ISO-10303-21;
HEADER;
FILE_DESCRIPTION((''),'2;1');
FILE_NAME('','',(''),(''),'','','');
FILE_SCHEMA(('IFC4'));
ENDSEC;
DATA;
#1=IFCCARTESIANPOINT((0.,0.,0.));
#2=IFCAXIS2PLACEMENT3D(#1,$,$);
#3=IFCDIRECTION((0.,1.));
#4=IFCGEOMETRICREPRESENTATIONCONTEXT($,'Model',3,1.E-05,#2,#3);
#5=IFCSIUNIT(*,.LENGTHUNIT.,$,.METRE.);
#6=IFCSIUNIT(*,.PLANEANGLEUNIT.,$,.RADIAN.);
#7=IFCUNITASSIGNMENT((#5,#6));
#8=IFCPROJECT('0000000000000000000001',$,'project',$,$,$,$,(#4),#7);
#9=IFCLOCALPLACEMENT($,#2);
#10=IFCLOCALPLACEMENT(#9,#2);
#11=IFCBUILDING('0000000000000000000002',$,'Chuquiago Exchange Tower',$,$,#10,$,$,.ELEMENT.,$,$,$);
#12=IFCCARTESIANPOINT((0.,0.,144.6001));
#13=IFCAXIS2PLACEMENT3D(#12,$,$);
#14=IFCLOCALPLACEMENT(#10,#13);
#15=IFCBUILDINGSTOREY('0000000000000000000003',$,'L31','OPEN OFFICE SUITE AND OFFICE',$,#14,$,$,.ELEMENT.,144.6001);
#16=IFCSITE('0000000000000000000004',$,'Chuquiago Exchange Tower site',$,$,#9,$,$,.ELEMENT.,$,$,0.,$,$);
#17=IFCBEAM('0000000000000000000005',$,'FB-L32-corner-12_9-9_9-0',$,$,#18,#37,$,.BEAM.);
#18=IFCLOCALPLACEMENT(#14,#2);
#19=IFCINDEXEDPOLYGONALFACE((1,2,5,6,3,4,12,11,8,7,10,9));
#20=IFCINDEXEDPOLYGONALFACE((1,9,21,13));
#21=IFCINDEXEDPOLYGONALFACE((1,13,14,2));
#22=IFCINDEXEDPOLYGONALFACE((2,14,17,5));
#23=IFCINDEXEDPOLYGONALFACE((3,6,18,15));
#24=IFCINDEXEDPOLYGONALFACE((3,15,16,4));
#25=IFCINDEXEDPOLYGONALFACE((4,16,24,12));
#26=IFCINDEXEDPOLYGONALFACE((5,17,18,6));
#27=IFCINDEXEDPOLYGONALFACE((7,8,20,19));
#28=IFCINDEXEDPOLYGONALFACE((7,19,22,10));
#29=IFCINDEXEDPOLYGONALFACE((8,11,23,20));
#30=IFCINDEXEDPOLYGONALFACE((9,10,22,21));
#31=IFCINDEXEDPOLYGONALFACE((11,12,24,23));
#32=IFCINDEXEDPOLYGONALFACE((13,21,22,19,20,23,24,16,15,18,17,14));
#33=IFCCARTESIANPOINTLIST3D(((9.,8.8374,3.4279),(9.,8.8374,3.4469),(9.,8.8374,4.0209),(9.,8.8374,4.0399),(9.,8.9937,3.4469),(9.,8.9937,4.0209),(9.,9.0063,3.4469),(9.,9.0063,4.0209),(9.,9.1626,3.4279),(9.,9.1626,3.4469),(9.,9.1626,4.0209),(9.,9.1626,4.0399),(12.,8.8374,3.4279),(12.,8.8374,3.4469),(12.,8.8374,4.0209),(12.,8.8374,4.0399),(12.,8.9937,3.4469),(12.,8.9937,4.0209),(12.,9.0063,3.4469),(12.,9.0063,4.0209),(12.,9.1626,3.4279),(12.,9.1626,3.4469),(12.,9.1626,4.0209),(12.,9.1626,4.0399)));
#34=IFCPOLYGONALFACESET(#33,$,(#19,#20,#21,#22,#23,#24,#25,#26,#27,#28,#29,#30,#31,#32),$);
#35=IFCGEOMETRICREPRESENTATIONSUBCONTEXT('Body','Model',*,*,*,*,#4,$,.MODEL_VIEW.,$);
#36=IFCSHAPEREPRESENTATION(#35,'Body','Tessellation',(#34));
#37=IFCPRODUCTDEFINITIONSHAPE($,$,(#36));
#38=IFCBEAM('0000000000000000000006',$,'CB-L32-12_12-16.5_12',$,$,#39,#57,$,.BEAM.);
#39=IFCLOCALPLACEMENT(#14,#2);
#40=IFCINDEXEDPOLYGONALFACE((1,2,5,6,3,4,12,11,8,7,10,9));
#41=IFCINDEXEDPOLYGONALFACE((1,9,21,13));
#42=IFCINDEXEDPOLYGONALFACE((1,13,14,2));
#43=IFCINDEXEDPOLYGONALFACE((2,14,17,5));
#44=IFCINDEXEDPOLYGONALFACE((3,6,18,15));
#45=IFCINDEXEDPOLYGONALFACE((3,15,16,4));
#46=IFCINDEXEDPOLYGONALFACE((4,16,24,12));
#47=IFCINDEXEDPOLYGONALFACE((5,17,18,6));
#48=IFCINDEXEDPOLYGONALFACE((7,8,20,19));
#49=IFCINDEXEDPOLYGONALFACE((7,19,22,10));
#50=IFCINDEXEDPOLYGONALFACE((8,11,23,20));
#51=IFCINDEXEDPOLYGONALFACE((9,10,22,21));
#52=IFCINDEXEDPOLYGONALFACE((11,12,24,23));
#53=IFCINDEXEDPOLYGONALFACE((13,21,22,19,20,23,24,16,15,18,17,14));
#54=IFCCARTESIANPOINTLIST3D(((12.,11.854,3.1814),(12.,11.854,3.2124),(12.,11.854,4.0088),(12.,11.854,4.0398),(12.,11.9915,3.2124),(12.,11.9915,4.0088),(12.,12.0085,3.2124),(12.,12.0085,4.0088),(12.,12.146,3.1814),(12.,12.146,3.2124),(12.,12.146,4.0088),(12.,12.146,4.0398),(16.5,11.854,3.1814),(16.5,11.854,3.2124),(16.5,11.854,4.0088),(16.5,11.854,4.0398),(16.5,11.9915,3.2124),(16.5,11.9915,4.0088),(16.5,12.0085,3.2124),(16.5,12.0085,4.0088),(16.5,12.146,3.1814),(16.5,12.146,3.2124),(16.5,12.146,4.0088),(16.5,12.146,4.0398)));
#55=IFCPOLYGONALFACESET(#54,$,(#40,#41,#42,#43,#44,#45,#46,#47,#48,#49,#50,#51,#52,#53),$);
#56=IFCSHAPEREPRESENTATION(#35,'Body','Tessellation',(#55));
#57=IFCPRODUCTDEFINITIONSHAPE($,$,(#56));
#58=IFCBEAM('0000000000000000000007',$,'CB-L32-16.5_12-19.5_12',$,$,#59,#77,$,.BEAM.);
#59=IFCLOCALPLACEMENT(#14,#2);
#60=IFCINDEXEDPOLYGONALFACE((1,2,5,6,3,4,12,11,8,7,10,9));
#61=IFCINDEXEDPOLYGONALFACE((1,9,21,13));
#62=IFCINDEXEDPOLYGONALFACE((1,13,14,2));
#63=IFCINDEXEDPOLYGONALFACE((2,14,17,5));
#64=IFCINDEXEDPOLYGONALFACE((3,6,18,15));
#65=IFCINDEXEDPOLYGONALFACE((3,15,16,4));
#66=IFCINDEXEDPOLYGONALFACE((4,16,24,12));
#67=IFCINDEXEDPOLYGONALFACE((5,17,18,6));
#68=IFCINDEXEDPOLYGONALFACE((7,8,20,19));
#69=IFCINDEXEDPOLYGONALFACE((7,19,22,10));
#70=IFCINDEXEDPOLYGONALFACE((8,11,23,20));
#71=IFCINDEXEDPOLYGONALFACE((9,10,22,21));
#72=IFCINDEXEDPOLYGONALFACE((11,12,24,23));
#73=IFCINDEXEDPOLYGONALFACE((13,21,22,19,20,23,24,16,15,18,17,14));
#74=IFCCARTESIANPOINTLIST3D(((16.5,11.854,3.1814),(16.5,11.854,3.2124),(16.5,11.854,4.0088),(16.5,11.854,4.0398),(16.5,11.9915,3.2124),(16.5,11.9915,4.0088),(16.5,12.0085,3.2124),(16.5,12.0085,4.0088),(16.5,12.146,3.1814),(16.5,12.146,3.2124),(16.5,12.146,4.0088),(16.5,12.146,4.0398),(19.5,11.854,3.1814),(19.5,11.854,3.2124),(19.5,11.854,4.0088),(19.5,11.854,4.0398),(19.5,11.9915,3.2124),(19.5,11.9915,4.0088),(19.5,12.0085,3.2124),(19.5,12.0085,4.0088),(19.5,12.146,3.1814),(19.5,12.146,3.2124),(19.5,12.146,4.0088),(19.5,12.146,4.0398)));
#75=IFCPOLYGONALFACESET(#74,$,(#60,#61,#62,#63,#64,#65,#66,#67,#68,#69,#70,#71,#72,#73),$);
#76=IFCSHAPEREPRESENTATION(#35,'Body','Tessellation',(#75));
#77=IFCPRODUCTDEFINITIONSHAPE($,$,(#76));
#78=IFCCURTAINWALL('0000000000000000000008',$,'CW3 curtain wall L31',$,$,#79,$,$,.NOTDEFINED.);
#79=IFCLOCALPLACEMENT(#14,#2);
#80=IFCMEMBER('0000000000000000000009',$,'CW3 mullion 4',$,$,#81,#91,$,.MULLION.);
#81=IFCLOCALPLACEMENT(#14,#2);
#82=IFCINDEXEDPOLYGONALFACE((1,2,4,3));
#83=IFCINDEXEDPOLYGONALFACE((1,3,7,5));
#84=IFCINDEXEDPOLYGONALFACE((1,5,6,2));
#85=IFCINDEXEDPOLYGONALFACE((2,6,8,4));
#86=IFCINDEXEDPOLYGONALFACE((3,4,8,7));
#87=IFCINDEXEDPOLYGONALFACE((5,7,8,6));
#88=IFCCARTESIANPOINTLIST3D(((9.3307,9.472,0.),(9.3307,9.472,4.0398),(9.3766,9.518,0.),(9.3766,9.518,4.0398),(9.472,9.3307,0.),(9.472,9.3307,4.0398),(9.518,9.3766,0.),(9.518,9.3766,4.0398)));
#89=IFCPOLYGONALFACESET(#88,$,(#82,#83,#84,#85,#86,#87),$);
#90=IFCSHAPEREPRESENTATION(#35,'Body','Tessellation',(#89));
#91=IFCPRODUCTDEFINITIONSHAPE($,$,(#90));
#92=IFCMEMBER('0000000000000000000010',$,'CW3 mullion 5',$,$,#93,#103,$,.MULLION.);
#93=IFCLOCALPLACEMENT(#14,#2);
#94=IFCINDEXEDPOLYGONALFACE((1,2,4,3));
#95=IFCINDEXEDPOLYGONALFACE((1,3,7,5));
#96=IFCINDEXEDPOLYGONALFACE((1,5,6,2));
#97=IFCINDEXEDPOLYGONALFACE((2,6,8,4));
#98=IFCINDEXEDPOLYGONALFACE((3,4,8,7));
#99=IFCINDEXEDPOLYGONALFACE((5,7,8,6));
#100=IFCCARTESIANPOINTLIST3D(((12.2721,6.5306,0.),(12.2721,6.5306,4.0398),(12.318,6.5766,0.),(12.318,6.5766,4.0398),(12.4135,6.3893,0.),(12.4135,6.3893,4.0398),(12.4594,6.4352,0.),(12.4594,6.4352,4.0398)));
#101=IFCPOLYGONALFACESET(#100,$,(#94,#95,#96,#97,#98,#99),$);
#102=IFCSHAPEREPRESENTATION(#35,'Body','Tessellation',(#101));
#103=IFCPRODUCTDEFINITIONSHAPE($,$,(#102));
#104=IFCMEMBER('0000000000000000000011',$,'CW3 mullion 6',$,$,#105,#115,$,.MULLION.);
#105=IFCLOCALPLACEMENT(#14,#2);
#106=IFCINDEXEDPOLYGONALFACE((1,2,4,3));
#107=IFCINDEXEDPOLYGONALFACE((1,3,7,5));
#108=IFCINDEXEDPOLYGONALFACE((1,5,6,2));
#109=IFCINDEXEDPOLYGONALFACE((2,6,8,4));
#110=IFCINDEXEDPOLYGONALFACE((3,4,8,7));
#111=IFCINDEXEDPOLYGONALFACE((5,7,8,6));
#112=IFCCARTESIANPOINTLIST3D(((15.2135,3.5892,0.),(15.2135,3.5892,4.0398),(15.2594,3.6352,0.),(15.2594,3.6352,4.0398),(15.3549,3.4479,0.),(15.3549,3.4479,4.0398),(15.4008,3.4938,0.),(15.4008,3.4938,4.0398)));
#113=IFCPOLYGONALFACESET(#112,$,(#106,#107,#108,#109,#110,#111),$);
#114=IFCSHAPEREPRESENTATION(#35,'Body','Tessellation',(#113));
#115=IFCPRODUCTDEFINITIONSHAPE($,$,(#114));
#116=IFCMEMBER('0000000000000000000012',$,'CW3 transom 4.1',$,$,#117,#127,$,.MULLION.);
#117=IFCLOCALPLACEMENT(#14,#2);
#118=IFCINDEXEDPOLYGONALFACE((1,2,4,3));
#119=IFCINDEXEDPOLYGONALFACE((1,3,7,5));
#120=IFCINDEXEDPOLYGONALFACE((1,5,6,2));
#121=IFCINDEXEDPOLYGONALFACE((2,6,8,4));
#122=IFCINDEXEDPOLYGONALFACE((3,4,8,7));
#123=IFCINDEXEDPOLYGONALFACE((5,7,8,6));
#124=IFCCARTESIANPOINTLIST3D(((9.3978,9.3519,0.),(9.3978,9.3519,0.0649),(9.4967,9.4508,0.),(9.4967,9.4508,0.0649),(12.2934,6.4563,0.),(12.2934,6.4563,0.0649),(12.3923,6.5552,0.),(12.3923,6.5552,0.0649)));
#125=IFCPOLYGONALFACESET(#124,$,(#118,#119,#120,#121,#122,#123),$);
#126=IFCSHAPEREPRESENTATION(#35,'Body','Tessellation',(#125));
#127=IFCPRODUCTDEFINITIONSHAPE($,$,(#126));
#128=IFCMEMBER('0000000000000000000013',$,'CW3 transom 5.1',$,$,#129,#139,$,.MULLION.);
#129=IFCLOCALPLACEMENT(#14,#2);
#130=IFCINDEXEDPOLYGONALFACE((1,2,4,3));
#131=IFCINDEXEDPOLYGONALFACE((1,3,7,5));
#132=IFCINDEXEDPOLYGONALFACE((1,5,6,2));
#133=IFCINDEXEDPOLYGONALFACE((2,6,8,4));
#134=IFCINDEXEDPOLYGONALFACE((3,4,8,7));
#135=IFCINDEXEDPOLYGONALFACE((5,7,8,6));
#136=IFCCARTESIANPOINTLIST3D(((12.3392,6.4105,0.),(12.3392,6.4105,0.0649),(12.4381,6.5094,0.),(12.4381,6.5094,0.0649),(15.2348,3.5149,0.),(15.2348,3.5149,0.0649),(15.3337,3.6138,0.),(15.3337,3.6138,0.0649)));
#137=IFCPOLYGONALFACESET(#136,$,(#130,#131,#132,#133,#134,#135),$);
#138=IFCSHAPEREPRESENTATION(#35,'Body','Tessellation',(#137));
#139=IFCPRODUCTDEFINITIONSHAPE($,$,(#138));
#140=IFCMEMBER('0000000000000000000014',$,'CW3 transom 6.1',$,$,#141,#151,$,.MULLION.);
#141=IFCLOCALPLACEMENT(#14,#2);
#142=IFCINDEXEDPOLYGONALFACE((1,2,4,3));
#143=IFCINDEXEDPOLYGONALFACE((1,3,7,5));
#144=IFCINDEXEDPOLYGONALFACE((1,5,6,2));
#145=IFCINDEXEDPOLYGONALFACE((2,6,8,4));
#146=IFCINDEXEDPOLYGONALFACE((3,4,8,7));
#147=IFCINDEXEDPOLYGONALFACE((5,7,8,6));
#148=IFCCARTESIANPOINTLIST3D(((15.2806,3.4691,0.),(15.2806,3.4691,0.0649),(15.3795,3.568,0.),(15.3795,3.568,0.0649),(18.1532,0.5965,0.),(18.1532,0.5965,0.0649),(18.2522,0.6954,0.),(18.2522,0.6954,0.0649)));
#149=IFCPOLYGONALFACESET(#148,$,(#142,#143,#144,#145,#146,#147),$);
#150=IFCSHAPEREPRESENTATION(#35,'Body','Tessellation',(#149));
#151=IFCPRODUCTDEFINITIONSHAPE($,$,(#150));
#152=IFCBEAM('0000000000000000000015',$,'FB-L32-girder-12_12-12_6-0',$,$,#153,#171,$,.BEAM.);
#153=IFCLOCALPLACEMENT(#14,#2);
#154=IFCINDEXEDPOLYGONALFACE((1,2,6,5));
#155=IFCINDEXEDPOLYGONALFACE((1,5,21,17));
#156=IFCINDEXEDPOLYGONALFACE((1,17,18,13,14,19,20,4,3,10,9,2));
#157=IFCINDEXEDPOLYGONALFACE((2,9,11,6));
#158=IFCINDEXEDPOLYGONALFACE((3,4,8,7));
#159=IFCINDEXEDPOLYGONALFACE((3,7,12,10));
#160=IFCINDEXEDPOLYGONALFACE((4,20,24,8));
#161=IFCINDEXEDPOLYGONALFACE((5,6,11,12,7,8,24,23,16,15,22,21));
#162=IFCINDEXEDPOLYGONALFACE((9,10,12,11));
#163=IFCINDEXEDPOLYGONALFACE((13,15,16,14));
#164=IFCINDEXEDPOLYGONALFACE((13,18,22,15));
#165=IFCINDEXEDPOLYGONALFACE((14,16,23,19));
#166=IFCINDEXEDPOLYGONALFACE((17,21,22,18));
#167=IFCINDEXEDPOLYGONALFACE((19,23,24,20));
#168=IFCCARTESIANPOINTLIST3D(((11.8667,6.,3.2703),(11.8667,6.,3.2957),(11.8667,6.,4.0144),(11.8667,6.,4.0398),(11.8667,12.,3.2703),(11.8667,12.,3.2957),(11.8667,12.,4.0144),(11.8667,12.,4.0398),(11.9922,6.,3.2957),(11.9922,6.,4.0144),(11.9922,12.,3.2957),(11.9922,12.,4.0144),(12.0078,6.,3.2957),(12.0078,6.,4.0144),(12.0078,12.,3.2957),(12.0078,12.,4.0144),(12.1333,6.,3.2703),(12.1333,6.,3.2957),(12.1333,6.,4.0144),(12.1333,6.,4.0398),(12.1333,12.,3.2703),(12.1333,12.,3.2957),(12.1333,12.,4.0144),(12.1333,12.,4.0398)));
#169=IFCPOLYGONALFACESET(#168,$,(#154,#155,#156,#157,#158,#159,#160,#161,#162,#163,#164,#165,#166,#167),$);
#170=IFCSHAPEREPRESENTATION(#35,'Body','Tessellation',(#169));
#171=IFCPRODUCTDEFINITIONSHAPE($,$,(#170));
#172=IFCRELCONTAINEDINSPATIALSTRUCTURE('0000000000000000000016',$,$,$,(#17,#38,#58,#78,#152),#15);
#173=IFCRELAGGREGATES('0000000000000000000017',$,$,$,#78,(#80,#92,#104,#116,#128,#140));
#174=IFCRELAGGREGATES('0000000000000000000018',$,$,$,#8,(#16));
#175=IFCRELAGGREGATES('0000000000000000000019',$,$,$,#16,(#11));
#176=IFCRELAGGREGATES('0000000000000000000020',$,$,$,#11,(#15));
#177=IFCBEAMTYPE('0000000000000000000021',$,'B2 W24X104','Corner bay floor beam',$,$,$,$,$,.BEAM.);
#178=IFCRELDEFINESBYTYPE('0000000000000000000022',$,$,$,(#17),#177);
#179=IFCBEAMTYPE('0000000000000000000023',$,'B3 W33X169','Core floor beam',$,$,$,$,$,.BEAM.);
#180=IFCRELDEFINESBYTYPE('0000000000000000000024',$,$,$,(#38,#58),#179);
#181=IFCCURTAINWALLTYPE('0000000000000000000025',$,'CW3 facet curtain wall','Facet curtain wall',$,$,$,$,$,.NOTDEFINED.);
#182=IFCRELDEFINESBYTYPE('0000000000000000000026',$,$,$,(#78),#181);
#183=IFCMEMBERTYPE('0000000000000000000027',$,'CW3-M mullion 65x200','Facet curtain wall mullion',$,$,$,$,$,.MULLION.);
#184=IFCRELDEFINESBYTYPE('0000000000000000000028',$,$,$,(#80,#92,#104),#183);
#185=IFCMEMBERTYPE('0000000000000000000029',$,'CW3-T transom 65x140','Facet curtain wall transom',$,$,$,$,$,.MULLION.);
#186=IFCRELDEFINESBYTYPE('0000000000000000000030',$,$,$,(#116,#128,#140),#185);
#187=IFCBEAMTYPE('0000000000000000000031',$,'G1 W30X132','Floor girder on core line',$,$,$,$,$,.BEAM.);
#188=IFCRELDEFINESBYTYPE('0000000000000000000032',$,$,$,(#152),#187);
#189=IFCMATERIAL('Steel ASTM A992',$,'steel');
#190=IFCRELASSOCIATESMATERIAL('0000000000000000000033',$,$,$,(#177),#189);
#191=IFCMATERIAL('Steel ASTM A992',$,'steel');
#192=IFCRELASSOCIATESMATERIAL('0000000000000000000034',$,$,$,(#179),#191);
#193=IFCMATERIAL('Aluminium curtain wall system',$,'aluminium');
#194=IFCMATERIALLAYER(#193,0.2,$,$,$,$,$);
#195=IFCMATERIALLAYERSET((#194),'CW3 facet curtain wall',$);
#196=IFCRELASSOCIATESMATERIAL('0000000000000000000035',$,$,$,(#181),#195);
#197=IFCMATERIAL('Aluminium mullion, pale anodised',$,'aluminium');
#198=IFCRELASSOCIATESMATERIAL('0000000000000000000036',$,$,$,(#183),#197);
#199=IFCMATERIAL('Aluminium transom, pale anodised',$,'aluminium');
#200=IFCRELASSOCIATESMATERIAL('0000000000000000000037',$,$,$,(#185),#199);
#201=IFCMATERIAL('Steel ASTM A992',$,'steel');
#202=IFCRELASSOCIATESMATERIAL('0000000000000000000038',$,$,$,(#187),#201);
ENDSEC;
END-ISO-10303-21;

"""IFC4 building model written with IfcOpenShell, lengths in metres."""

from ifc_helpers import new_model, si_unit, direction, frame, origin, origin_2d, place, context, subcontext, project, spatial, rectangle, i_section, extrude, material, layer, layer_set, material_profile, profile_set, type_object, element, aggregate, save


model = new_model("IFC4")

# Units and contexts
model_context = context("Model", 3, precision=1e-05, world=origin(), true_north=direction((0.0, 1.0)))
body_context = subcontext(model_context, "Body", "Model", "MODEL_VIEW")
ifc_project = project(units=[si_unit("LENGTHUNIT", "METRE"), si_unit("PLANEANGLEUNIT", "RADIAN")], contexts=[model_context])

# Site, building, storey
site_placement = place(None, origin())
site = spatial("IfcSite", under=ifc_project, at=site_placement, Name="Chuquiago Exchange Tower site", CompositionType="ELEMENT", RefElevation=0.0)
building_placement = place(site_placement, origin())
building = spatial("IfcBuilding", under=site, at=building_placement, Name="Chuquiago Exchange Tower", CompositionType="ELEMENT")
storey_placement = place(building_placement, frame((0.0, 0.0, 144.6001)))
storey = spatial("IfcBuildingStorey", under=building, at=storey_placement, Name="L31", Description="OPEN OFFICE SUITE AND OFFICE", CompositionType="ELEMENT", Elevation=144.6001)

# Beams
ifc_material_1 = material(Name="Steel ASTM A992", Category="steel")
ifc_material_profile_1 = material_profile(ifc_material_1, i_section(OverallWidth=0.3252, OverallDepth=0.6121, WebThickness=0.0127, FlangeThickness=0.019, at=origin_2d()), Name="W24X104")
ifc_profile_set_1 = profile_set([ifc_material_profile_1], Name="Steel ASTM A992")
beam_type_1 = type_object("IfcBeamType", Name="B2 W24X104", Description="Corner bay floor beam", PredefinedType="BEAM", material=ifc_profile_set_1)
beam_1_placement = place(storey_placement, frame((12.0, 9.0, 3.7339), z_axis=(-1.0, 0.0, 0.0), x_axis=(0.0, -1.0, 0.0)))
element("IfcBeam", 1, at=beam_1_placement, inside=storey, type_object=beam_type_1, Name="FB-L32-corner-12_9-9_9-0", PredefinedType="BEAM", context=body_context, shape_type="SweptSolid", body=[
    extrude(i_section(OverallWidth=0.3252, OverallDepth=0.6121, WebThickness=0.0127, FlangeThickness=0.019, at=origin_2d()), origin(), (0.0, 0.0, 1.0), 3.0),
])
ifc_material_2 = material(Name="Steel ASTM A992", Category="steel")
ifc_material_profile_2 = material_profile(ifc_material_2, i_section(OverallWidth=0.292, OverallDepth=0.8584, WebThickness=0.0171, FlangeThickness=0.031, at=origin_2d()), Name="W33X169")
ifc_profile_set_2 = profile_set([ifc_material_profile_2], Name="Steel ASTM A992")
beam_type_2 = type_object("IfcBeamType", Name="B3 W33X169", Description="Core floor beam", PredefinedType="BEAM", material=ifc_profile_set_2)
beam_2_placement = place(storey_placement, frame((12.0, 12.0, 3.6106), z_axis=(1.0, 0.0, 0.0), x_axis=(0.0, 1.0, 0.0)))
element("IfcBeam", 2, at=beam_2_placement, inside=storey, type_object=beam_type_2, Name="CB-L32-12_12-16.5_12", PredefinedType="BEAM", context=body_context, shape_type="SweptSolid", body=[
    extrude(i_section(OverallWidth=0.292, OverallDepth=0.8584, WebThickness=0.0171, FlangeThickness=0.031, at=origin_2d()), origin(), (0.0, 0.0, 1.0), 4.5),
])
beam_3_placement = place(storey_placement, frame((16.5, 12.0, 3.6106), z_axis=(1.0, 0.0, 0.0), x_axis=(0.0, 1.0, 0.0)))
element("IfcBeam", 3, at=beam_3_placement, inside=storey, type_object=beam_type_2, Name="CB-L32-16.5_12-19.5_12", PredefinedType="BEAM", context=body_context, shape_type="SweptSolid", body=[
    extrude(i_section(OverallWidth=0.292, OverallDepth=0.8584, WebThickness=0.0171, FlangeThickness=0.031, at=origin_2d()), origin(), (0.0, 0.0, 1.0), 3.0),
])

# Curtain wall, members
ifc_material_3 = material(Name="Aluminium curtain wall system", Category="aluminium")
ifc_layer_1 = layer(ifc_material_3, 0.2)
ifc_layer_set_1 = layer_set([ifc_layer_1], Name="CW3 facet curtain wall")
curtain_wall_type = type_object("IfcCurtainWallType", Name="CW3 facet curtain wall", Description="Facet curtain wall", PredefinedType="NOTDEFINED", material=ifc_layer_set_1)
curtain_wall_placement = place(storey_placement, origin())
curtain_wall = element("IfcCurtainWall", 4, at=curtain_wall_placement, inside=storey, type_object=curtain_wall_type, Name="CW3 curtain wall L31", PredefinedType="NOTDEFINED")
ifc_material_4 = material(Name="Aluminium mullion, pale anodised", Category="aluminium")
ifc_material_profile_3 = material_profile(ifc_material_4, rectangle(XDim=0.0649, YDim=0.2, at=origin_2d()), Name="AL 65x200")
ifc_profile_set_3 = profile_set([ifc_material_profile_3], Name="Aluminium mullion, pale anodised")
member_type_1 = type_object("IfcMemberType", Name="CW3-M mullion 65x200", Description="Facet curtain wall mullion", PredefinedType="MULLION", material=ifc_profile_set_3)
member_1_placement = place(storey_placement, frame((9.4243, 9.4243, 0.0), z_axis=(0.0, 0.0, 1.0), x_axis=(0.707107, 0.707107, 0.0)))
member_1 = element("IfcMember", 5, at=member_1_placement, type_object=member_type_1, Name="CW3 mullion 4", PredefinedType="MULLION", context=body_context, shape_type="SweptSolid", body=[
    extrude(rectangle(XDim=0.0649, YDim=0.2, at=origin_2d()), origin(), (0.0, 0.0, 1.0), 4.0398),
])
member_2_placement = place(storey_placement, frame((12.3657, 6.4829, 0.0), z_axis=(0.0, 0.0, 1.0), x_axis=(0.707107, 0.707107, 0.0)))
member_2 = element("IfcMember", 6, at=member_2_placement, type_object=member_type_1, Name="CW3 mullion 5", PredefinedType="MULLION", context=body_context, shape_type="SweptSolid", body=[
    extrude(rectangle(XDim=0.0649, YDim=0.2, at=origin_2d()), origin(), (0.0, 0.0, 1.0), 4.0398),
])
member_3_placement = place(storey_placement, frame((15.3071, 3.5415, 0.0), z_axis=(0.0, 0.0, 1.0), x_axis=(0.707107, 0.707107, 0.0)))
member_3 = element("IfcMember", 7, at=member_3_placement, type_object=member_type_1, Name="CW3 mullion 6", PredefinedType="MULLION", context=body_context, shape_type="SweptSolid", body=[
    extrude(rectangle(XDim=0.0649, YDim=0.2, at=origin_2d()), origin(), (0.0, 0.0, 1.0), 4.0398),
])
ifc_material_5 = material(Name="Aluminium transom, pale anodised", Category="aluminium")
ifc_material_profile_4 = material_profile(ifc_material_5, rectangle(XDim=0.1399, YDim=0.0649, at=origin_2d()), Name="AL 140x65")
ifc_profile_set_4 = profile_set([ifc_material_profile_4], Name="Aluminium transom, pale anodised")
member_type_2 = type_object("IfcMemberType", Name="CW3-T transom 65x140", Description="Facet curtain wall transom", PredefinedType="MULLION", material=ifc_profile_set_4)
member_4_placement = place(storey_placement, frame((9.4473, 9.4014, 0.0325), z_axis=(0.707107, -0.707107, 0.0), x_axis=(0.707107, 0.707107, 0.0)))
member_4 = element("IfcMember", 8, at=member_4_placement, type_object=member_type_2, Name="CW3 transom 4.1", PredefinedType="MULLION", context=body_context, shape_type="SweptSolid", body=[
    extrude(rectangle(XDim=0.1399, YDim=0.0649, at=origin_2d()), origin(), (0.0, 0.0, 1.0), 4.095),
])
member_5_placement = place(storey_placement, frame((12.3887, 6.46, 0.0325), z_axis=(0.707107, -0.707107, 0.0), x_axis=(0.707107, 0.707107, 0.0)))
member_5 = element("IfcMember", 9, at=member_5_placement, type_object=member_type_2, Name="CW3 transom 5.1", PredefinedType="MULLION", context=body_context, shape_type="SweptSolid", body=[
    extrude(rectangle(XDim=0.1399, YDim=0.0649, at=origin_2d()), origin(), (0.0, 0.0, 1.0), 4.095),
])
member_6_placement = place(storey_placement, frame((15.3301, 3.5186, 0.0325), z_axis=(0.707107, -0.707107, 0.0), x_axis=(0.707107, 0.707107, 0.0)))
member_6 = element("IfcMember", 10, at=member_6_placement, type_object=member_type_2, Name="CW3 transom 6.1", PredefinedType="MULLION", context=body_context, shape_type="SweptSolid", body=[
    extrude(rectangle(XDim=0.1399, YDim=0.0649, at=origin_2d()), origin(), (0.0, 0.0, 1.0), 4.0625),
])

# Beam
ifc_material_6 = material(Name="Steel ASTM A992", Category="steel")
ifc_material_profile_5 = material_profile(ifc_material_6, i_section(OverallWidth=0.2666, OverallDepth=0.7695, WebThickness=0.0156, FlangeThickness=0.0254, at=origin_2d()), Name="W30X132")
ifc_profile_set_5 = profile_set([ifc_material_profile_5], Name="Steel ASTM A992")
beam_type_3 = type_object("IfcBeamType", Name="G1 W30X132", Description="Floor girder on core line", PredefinedType="BEAM", material=ifc_profile_set_5)
for number, where, z_axis, x_axis, name in (
    (11, (12.0, 12.0, 3.655), (0.0, -1.0, 0.0), (1.0, 0.0, 0.0), "FB-L32-girder-12_12-12_6-0"),
):
    element("IfcBeam", number, at=place(storey_placement, frame(where, z_axis=z_axis, x_axis=x_axis)), inside=storey, type_object=beam_type_3, Name=name, PredefinedType="BEAM", context=body_context, shape_type="SweptSolid", body=[
        extrude(i_section(OverallWidth=0.2666, OverallDepth=0.7695, WebThickness=0.0156, FlangeThickness=0.0254, at=origin_2d()), origin(), (0.0, 0.0, 1.0), 6.0),
    ])

aggregate(curtain_wall, [member_1, member_2, member_3, member_4, member_5, member_6])

save(model, "model.ifc")
